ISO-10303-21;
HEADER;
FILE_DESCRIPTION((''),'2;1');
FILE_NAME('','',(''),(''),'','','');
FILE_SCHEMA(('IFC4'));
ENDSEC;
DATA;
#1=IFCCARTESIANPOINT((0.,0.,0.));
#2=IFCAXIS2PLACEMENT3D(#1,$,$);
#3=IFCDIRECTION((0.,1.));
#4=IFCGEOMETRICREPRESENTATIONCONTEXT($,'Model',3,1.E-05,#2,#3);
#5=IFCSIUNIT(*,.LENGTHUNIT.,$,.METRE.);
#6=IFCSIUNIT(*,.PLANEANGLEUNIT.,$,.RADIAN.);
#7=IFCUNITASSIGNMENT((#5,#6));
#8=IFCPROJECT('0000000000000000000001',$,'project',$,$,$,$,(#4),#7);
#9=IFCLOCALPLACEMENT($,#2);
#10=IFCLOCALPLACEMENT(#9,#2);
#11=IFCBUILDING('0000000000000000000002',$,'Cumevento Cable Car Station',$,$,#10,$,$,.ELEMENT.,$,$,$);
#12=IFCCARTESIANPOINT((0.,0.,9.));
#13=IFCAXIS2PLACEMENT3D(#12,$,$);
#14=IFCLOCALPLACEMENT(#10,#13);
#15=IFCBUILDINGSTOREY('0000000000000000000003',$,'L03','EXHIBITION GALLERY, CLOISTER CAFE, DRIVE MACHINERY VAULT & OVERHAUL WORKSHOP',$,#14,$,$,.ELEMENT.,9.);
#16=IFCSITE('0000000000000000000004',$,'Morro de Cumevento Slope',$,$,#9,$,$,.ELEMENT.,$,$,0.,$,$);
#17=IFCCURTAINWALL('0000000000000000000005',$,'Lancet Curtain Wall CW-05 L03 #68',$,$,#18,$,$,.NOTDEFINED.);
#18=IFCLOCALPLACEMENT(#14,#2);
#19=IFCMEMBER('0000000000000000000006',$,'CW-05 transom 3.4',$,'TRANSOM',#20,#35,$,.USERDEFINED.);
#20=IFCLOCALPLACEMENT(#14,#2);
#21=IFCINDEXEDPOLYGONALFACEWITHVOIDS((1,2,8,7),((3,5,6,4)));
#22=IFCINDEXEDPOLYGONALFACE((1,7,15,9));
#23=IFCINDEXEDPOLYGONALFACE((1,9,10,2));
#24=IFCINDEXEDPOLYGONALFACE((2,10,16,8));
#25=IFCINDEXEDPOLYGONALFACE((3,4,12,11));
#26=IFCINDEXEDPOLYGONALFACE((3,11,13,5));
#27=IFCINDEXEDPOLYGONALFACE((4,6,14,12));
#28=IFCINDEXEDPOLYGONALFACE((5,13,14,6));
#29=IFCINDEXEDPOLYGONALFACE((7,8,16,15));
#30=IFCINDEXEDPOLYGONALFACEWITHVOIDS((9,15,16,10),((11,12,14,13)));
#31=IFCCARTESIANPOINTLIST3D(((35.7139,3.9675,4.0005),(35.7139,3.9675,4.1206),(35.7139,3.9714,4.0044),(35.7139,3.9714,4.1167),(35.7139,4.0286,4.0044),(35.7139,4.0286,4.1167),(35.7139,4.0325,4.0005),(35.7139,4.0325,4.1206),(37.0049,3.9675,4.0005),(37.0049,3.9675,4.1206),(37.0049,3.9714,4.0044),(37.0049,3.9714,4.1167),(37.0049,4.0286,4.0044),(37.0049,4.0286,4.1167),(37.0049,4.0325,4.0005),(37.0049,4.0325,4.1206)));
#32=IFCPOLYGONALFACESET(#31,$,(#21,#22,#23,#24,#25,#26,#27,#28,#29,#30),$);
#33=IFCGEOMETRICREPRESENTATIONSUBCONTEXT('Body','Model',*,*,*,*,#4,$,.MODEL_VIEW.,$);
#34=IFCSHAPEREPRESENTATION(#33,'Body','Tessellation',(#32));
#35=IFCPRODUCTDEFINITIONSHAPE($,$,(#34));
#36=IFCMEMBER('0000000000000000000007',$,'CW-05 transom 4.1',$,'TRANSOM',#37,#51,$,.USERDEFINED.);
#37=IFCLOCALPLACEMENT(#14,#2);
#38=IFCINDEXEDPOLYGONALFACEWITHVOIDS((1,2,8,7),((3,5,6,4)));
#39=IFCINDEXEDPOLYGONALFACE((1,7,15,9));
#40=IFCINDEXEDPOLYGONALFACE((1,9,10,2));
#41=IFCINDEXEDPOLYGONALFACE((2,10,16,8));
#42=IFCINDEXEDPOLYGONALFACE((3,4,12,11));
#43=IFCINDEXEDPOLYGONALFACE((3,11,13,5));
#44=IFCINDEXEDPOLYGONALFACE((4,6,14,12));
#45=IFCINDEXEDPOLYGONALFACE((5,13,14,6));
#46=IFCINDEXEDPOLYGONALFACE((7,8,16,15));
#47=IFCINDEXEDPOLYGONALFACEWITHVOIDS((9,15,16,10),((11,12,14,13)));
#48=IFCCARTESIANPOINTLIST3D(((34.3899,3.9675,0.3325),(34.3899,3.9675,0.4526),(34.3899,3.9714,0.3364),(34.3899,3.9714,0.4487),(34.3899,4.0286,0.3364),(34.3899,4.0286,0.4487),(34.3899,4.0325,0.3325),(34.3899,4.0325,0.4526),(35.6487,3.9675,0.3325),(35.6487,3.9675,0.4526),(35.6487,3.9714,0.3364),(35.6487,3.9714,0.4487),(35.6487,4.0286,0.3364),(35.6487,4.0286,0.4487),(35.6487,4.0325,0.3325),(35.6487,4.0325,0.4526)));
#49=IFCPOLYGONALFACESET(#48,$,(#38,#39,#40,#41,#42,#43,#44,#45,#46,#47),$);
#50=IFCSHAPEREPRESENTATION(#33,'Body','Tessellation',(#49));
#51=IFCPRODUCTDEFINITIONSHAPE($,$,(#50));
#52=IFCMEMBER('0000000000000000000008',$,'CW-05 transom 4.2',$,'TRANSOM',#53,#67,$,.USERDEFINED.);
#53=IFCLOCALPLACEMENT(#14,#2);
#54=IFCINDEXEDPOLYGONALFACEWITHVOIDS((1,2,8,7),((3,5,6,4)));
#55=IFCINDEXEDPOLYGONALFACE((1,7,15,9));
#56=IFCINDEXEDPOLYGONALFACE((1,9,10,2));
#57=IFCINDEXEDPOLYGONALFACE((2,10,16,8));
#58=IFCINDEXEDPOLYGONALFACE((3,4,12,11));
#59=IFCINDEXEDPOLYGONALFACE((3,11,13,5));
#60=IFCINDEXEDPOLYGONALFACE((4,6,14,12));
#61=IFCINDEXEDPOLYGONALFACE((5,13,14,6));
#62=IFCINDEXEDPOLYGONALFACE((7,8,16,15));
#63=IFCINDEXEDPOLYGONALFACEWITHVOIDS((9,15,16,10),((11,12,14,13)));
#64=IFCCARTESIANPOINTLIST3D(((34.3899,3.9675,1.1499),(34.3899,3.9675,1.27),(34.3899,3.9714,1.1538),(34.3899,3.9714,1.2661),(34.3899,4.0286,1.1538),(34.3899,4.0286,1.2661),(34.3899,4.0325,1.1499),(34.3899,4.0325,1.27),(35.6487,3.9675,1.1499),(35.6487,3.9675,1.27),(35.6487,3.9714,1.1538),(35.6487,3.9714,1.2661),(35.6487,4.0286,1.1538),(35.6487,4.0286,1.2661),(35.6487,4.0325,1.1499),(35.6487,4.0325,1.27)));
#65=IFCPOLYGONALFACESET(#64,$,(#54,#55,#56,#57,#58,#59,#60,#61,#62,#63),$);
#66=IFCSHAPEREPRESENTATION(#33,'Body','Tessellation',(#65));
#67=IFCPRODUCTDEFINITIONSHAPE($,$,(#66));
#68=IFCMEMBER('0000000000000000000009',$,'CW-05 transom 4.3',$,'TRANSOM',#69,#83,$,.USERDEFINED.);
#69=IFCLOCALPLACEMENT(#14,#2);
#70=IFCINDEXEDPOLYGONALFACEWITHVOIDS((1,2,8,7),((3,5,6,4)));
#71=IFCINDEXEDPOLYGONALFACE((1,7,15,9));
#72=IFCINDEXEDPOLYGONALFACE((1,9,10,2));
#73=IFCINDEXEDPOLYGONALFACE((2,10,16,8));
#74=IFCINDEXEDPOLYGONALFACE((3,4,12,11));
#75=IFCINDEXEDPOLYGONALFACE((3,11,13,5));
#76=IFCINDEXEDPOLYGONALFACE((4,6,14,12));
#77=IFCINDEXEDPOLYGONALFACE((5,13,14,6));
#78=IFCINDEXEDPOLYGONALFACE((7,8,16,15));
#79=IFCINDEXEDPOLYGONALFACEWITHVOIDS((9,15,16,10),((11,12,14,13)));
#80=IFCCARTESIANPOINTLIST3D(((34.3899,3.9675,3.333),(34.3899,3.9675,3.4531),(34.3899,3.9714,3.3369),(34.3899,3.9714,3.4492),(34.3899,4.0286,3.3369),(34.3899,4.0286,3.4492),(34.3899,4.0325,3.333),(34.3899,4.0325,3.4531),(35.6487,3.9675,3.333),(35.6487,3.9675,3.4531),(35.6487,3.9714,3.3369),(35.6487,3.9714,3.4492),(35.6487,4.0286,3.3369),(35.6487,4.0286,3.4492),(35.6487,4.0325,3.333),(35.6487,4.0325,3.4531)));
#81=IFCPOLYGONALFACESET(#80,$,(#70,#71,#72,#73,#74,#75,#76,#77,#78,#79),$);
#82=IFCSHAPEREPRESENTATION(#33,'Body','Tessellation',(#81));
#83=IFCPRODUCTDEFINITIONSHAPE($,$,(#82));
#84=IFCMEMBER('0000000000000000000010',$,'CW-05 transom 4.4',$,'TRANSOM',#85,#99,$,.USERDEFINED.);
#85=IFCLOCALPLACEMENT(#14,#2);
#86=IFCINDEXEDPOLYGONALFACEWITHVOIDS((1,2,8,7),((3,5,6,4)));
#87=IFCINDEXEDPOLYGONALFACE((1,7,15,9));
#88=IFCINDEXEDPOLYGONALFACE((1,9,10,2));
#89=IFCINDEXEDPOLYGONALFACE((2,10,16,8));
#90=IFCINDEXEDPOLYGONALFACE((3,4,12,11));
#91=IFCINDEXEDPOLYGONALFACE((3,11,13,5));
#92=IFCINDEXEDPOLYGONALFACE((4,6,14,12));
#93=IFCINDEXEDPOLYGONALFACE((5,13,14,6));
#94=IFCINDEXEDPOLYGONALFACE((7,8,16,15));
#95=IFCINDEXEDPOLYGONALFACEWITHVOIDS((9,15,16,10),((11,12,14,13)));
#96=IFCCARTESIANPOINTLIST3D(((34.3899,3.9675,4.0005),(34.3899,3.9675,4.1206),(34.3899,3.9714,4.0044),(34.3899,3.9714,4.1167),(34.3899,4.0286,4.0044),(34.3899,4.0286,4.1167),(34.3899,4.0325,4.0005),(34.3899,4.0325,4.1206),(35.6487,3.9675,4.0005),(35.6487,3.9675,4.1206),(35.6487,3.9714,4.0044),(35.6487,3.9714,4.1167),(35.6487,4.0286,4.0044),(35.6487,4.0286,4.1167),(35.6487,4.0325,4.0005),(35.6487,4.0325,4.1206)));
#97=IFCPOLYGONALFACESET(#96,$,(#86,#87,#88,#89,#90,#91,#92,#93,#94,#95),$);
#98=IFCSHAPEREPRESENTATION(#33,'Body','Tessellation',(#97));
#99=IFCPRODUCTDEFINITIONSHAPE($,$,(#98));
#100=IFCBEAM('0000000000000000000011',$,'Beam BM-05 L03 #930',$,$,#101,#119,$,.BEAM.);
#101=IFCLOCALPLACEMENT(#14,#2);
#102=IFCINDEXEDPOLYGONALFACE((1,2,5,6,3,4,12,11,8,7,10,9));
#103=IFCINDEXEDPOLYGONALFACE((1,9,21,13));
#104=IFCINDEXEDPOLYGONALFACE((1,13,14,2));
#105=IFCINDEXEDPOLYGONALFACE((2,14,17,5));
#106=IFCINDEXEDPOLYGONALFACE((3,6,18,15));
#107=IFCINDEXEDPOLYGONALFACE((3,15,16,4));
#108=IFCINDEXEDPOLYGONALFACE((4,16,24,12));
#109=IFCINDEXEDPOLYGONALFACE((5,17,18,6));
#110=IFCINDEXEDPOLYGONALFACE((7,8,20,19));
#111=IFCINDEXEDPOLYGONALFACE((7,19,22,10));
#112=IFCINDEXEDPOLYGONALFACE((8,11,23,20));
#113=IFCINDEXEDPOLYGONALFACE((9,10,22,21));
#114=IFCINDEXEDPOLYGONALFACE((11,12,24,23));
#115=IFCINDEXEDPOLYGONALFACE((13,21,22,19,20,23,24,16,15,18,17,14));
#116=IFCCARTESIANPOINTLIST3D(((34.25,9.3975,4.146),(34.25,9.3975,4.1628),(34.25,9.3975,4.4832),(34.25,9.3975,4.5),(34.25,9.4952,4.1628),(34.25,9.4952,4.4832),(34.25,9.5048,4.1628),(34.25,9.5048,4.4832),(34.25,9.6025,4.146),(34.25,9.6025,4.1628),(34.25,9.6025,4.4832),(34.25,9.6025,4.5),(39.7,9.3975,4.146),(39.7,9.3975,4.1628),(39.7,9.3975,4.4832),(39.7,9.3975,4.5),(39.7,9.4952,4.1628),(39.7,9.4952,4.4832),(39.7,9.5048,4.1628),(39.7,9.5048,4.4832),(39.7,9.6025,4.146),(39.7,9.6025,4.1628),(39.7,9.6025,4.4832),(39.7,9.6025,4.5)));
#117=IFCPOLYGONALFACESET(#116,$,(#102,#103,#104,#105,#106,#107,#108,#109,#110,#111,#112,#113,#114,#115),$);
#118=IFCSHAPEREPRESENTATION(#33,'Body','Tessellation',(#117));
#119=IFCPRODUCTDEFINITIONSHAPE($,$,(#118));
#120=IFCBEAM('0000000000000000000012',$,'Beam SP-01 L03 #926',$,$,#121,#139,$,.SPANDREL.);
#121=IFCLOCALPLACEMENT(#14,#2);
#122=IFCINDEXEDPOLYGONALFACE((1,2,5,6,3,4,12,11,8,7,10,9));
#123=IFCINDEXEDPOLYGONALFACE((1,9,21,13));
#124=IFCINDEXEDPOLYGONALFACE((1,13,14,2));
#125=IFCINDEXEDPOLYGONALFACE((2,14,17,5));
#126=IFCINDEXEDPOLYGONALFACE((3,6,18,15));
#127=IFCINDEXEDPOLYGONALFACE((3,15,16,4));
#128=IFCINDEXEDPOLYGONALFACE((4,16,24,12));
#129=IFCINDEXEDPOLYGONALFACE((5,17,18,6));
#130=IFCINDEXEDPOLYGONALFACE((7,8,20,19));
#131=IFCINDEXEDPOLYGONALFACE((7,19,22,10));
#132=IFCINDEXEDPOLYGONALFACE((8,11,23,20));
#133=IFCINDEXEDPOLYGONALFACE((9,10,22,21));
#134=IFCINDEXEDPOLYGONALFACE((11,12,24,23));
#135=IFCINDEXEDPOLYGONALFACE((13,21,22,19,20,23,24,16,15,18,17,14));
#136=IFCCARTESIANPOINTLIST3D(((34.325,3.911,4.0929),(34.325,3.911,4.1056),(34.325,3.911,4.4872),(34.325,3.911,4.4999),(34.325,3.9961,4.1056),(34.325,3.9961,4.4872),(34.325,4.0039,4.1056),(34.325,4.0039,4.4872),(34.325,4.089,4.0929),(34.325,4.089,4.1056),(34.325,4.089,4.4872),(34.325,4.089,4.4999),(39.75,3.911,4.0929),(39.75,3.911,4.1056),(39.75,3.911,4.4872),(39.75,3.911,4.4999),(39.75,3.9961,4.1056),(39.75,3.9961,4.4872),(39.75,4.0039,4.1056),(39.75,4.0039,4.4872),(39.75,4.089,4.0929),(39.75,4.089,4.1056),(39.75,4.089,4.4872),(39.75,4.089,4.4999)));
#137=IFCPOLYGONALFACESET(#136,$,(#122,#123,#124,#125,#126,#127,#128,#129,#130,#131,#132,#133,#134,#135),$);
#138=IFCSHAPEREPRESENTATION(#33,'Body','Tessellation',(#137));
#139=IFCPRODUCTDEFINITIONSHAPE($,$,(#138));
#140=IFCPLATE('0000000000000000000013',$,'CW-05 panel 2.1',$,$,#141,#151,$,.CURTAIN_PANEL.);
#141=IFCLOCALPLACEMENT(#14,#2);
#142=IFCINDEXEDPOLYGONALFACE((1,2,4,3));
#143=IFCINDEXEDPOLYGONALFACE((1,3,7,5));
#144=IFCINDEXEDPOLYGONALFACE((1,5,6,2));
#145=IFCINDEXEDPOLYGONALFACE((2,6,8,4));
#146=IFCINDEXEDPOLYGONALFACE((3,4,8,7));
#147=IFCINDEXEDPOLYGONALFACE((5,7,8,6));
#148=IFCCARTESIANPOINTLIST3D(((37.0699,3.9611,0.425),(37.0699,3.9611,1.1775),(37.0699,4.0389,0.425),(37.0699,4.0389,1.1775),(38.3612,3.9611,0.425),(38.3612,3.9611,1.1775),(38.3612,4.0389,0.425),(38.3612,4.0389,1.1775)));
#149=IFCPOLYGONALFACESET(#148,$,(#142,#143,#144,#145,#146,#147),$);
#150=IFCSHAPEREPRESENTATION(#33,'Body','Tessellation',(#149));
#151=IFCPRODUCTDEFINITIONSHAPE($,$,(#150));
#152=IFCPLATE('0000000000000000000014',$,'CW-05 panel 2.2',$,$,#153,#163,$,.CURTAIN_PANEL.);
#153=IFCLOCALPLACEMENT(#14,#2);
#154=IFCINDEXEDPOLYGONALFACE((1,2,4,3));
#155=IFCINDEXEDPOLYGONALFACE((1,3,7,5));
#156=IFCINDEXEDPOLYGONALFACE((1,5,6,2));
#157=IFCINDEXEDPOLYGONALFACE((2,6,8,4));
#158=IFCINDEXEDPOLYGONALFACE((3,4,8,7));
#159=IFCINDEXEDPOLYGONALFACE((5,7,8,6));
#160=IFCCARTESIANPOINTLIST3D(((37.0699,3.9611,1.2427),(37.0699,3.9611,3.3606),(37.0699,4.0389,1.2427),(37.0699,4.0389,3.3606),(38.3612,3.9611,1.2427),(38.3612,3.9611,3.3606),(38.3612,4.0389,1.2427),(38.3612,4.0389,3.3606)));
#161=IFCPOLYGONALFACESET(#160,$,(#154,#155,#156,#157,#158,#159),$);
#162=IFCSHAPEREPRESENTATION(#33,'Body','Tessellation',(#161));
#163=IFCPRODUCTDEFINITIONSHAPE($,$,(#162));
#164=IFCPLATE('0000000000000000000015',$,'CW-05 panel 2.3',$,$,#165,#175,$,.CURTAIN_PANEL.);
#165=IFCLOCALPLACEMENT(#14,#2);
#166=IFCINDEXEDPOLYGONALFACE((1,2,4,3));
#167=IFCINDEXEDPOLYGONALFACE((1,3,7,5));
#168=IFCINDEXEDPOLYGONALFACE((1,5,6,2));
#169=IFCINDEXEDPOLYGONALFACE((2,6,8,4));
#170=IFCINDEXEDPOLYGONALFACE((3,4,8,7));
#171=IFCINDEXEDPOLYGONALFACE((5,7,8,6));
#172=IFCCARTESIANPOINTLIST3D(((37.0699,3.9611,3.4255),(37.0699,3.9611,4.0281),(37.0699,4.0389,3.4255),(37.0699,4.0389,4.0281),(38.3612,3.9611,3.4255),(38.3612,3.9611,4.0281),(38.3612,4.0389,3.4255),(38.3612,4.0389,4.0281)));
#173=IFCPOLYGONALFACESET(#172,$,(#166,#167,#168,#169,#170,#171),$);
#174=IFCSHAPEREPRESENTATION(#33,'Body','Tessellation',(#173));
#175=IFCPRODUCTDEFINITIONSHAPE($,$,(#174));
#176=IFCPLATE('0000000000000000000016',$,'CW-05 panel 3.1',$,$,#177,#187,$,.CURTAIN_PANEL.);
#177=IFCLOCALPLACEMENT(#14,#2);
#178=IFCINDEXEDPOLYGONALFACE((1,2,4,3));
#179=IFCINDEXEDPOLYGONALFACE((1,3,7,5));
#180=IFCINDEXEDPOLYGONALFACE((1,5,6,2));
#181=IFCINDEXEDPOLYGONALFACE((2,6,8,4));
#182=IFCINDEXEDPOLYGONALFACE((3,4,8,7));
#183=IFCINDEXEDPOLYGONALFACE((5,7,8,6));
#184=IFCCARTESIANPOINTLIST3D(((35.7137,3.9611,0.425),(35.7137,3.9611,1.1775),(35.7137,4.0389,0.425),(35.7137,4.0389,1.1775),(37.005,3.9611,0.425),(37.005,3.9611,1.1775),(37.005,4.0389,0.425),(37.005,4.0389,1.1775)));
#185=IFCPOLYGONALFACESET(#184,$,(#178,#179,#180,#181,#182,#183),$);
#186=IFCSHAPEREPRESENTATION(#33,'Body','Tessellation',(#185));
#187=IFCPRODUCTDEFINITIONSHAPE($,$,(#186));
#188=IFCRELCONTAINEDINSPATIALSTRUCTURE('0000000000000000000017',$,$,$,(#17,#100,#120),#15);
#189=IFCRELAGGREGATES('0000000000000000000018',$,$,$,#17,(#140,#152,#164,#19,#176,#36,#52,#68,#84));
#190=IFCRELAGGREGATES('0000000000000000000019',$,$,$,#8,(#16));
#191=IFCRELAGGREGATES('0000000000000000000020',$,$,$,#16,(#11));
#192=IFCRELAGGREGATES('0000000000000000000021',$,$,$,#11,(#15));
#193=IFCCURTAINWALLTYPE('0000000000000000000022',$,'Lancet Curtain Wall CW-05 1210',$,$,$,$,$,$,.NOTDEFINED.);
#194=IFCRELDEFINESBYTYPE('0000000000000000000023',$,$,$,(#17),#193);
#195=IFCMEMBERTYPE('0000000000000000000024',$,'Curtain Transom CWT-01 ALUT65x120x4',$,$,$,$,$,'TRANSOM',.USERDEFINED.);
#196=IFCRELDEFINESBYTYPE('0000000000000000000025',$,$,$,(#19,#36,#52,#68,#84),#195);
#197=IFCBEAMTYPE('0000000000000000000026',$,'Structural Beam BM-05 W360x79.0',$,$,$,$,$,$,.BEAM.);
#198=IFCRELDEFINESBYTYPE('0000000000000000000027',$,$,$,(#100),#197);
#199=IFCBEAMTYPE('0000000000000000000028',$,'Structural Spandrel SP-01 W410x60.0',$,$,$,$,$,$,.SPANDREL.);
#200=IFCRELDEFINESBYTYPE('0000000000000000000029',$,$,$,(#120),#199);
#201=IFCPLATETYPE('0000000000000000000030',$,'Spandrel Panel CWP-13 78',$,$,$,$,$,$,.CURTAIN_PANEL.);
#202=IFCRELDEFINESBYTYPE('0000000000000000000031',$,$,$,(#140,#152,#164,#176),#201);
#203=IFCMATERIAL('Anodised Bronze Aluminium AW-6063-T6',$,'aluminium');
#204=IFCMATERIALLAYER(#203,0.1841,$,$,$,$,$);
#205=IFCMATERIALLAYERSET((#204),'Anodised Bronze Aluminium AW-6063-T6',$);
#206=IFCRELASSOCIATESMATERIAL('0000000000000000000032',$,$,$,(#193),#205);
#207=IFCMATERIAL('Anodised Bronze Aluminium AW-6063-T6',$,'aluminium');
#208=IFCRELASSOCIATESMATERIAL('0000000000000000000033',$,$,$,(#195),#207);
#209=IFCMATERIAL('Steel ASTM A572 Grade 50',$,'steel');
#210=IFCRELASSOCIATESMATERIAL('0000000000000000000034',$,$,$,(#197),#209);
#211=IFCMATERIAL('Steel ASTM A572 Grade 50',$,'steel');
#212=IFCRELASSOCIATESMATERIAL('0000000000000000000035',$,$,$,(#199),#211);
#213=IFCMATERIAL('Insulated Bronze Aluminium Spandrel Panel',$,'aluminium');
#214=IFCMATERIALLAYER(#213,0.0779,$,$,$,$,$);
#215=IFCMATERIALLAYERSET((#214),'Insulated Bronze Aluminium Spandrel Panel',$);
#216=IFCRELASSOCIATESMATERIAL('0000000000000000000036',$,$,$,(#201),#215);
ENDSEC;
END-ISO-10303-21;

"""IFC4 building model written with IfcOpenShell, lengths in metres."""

from ifc_helpers import new_model, si_unit, direction, frame, origin, origin_2d, place, context, subcontext, project, spatial, rectangle, hollow_rectangle, i_section, extrude, material, layer, layer_set, material_profile, profile_set, type_object, element, aggregate, save


model = new_model("IFC4")

# Units and contexts
model_context = context("Model", 3, precision=1e-05, world=origin(), true_north=direction((0.0, 1.0)))
body_context = subcontext(model_context, "Body", "Model", "MODEL_VIEW")
ifc_project = project(units=[si_unit("LENGTHUNIT", "METRE"), si_unit("PLANEANGLEUNIT", "RADIAN")], contexts=[model_context])

# Site, building, storey
site_placement = place(None, origin())
site = spatial("IfcSite", under=ifc_project, at=site_placement, Name="Morro de Cumevento Slope", CompositionType="ELEMENT", RefElevation=0.0)
building_placement = place(site_placement, origin())
building = spatial("IfcBuilding", under=site, at=building_placement, Name="Cumevento Cable Car Station", CompositionType="ELEMENT")
storey_placement = place(building_placement, frame((0.0, 0.0, 9.0)))
storey = spatial("IfcBuildingStorey", under=building, at=storey_placement, Name="L03", Description="EXHIBITION GALLERY, CLOISTER CAFE, DRIVE MACHINERY VAULT & OVERHAUL WORKSHOP", CompositionType="ELEMENT", Elevation=9.0)

# Curtain wall, members
ifc_material_1 = material(Name="Anodised Bronze Aluminium AW-6063-T6", Category="aluminium")
ifc_layer_1 = layer(ifc_material_1, 0.1841)
ifc_layer_set_1 = layer_set([ifc_layer_1], Name="Anodised Bronze Aluminium AW-6063-T6")
curtain_wall_type = type_object("IfcCurtainWallType", Name="Lancet Curtain Wall CW-05 1210", PredefinedType="NOTDEFINED", material=ifc_layer_set_1)
curtain_wall_placement = place(storey_placement, origin())
curtain_wall = element("IfcCurtainWall", 1, at=curtain_wall_placement, inside=storey, type_object=curtain_wall_type, Name="Lancet Curtain Wall CW-05 L03 #68", PredefinedType="NOTDEFINED")
ifc_material_2 = material(Name="Anodised Bronze Aluminium AW-6063-T6", Category="aluminium")
ifc_material_profile_1 = material_profile(ifc_material_2, hollow_rectangle(XDim=0.0649, YDim=0.1201, WallThickness=0.0039, at=origin_2d()), Name="ALUT65x120x4")
ifc_profile_set_1 = profile_set([ifc_material_profile_1], Name="Anodised Bronze Aluminium AW-6063-T6")
member_type_1 = type_object("IfcMemberType", Name="Curtain Transom CWT-01 ALUT65x120x4", ElementType="TRANSOM", PredefinedType="USERDEFINED", material=ifc_profile_set_1)
member_1_placement = place(storey_placement, frame((37.0049, 4.0, 4.0605), z_axis=(-1.0, 0.0, 0.0), x_axis=(0.0, -1.0, 0.0)))
member_1 = element("IfcMember", 2, at=member_1_placement, type_object=member_type_1, Name="CW-05 transom 3.4", ObjectType="TRANSOM", PredefinedType="USERDEFINED", context=body_context, shape_type="SweptSolid", body=[
    extrude(hollow_rectangle(XDim=0.0649, YDim=0.1201, WallThickness=0.0039, at=origin_2d()), origin(), (0.0, 0.0, 1.0), 1.291),
])
member_2_placement = place(storey_placement, frame((35.6487, 4.0, 0.3926), z_axis=(-1.0, 0.0, 0.0), x_axis=(0.0, -1.0, 0.0)))
member_2 = element("IfcMember", 3, at=member_2_placement, type_object=member_type_1, Name="CW-05 transom 4.1", ObjectType="TRANSOM", PredefinedType="USERDEFINED", context=body_context, shape_type="SweptSolid", body=[
    extrude(hollow_rectangle(XDim=0.0649, YDim=0.1201, WallThickness=0.0039, at=origin_2d()), origin(), (0.0, 0.0, 1.0), 1.2588),
])
member_3_placement = place(storey_placement, frame((35.6487, 4.0, 1.21), z_axis=(-1.0, 0.0, 0.0), x_axis=(0.0, -1.0, 0.0)))
member_3 = element("IfcMember", 4, at=member_3_placement, type_object=member_type_1, Name="CW-05 transom 4.2", ObjectType="TRANSOM", PredefinedType="USERDEFINED", context=body_context, shape_type="SweptSolid", body=[
    extrude(hollow_rectangle(XDim=0.0649, YDim=0.1201, WallThickness=0.0039, at=origin_2d()), origin(), (0.0, 0.0, 1.0), 1.2588),
])
member_4_placement = place(storey_placement, frame((35.6487, 4.0, 3.3931), z_axis=(-1.0, 0.0, 0.0), x_axis=(0.0, -1.0, 0.0)))
member_4 = element("IfcMember", 5, at=member_4_placement, type_object=member_type_1, Name="CW-05 transom 4.3", ObjectType="TRANSOM", PredefinedType="USERDEFINED", context=body_context, shape_type="SweptSolid", body=[
    extrude(hollow_rectangle(XDim=0.0649, YDim=0.1201, WallThickness=0.0039, at=origin_2d()), origin(), (0.0, 0.0, 1.0), 1.2588),
])
member_5_placement = place(storey_placement, frame((35.6487, 4.0, 4.0605), z_axis=(-1.0, 0.0, 0.0), x_axis=(0.0, -1.0, 0.0)))
member_5 = element("IfcMember", 6, at=member_5_placement, type_object=member_type_1, Name="CW-05 transom 4.4", ObjectType="TRANSOM", PredefinedType="USERDEFINED", context=body_context, shape_type="SweptSolid", body=[
    extrude(hollow_rectangle(XDim=0.0649, YDim=0.1201, WallThickness=0.0039, at=origin_2d()), origin(), (0.0, 0.0, 1.0), 1.2588),
])

# Beams
ifc_material_3 = material(Name="Steel ASTM A572 Grade 50", Category="steel")
ifc_material_profile_2 = material_profile(ifc_material_3, i_section(OverallWidth=0.2051, OverallDepth=0.354, WebThickness=0.0095, FlangeThickness=0.0168, at=origin_2d()), Name="W360x79.0")
ifc_profile_set_2 = profile_set([ifc_material_profile_2], Name="Steel ASTM A572 Grade 50")
beam_type_1 = type_object("IfcBeamType", Name="Structural Beam BM-05 W360x79.0", PredefinedType="BEAM", material=ifc_profile_set_2)
beam_1_placement = place(storey_placement, frame((34.25, 9.5, 4.323), z_axis=(1.0, 0.0, 0.0), x_axis=(0.0, 1.0, 0.0)))
element("IfcBeam", 7, at=beam_1_placement, inside=storey, type_object=beam_type_1, Name="Beam BM-05 L03 #930", PredefinedType="BEAM", context=body_context, shape_type="SweptSolid", body=[
    extrude(i_section(OverallWidth=0.2051, OverallDepth=0.354, WebThickness=0.0095, FlangeThickness=0.0168, at=origin_2d()), origin(), (0.0, 0.0, 1.0), 5.45),
])
ifc_material_4 = material(Name="Steel ASTM A572 Grade 50", Category="steel")
ifc_material_profile_3 = material_profile(ifc_material_4, i_section(OverallWidth=0.178, OverallDepth=0.407, WebThickness=0.0078, FlangeThickness=0.0127, at=origin_2d()), Name="W410x60.0")
ifc_profile_set_3 = profile_set([ifc_material_profile_3], Name="Steel ASTM A572 Grade 50")
beam_type_2 = type_object("IfcBeamType", Name="Structural Spandrel SP-01 W410x60.0", PredefinedType="SPANDREL", material=ifc_profile_set_3)
beam_2_placement = place(storey_placement, frame((34.325, 4.0, 4.2964), z_axis=(1.0, 0.0, 0.0), x_axis=(0.0, 1.0, 0.0)))
element("IfcBeam", 8, at=beam_2_placement, inside=storey, type_object=beam_type_2, Name="Beam SP-01 L03 #926", PredefinedType="SPANDREL", context=body_context, shape_type="SweptSolid", body=[
    extrude(i_section(OverallWidth=0.178, OverallDepth=0.407, WebThickness=0.0078, FlangeThickness=0.0127, at=origin_2d()), origin(), (0.0, 0.0, 1.0), 5.425),
])

# Plates
ifc_material_5 = material(Name="Insulated Bronze Aluminium Spandrel Panel", Category="aluminium")
ifc_layer_2 = layer(ifc_material_5, 0.0779)
ifc_layer_set_2 = layer_set([ifc_layer_2], Name="Insulated Bronze Aluminium Spandrel Panel")
plate_type = type_object("IfcPlateType", Name="Spandrel Panel CWP-13 78", PredefinedType="CURTAIN_PANEL", material=ifc_layer_set_2)
plate_1_placement = place(storey_placement, frame((37.7156, 4.0, 0.425), z_axis=(0.0, 0.0, 1.0), x_axis=(-1.0, 0.0, 0.0)))
plate_1 = element("IfcPlate", 9, at=plate_1_placement, type_object=plate_type, Name="CW-05 panel 2.1", PredefinedType="CURTAIN_PANEL", context=body_context, shape_type="SweptSolid", body=[
    extrude(rectangle(XDim=1.2913, YDim=0.0779, at=origin_2d()), origin(), (0.0, 0.0, 1.0), 0.7524),
])
plate_2_placement = place(storey_placement, frame((37.7156, 4.0, 1.2427), z_axis=(0.0, 0.0, 1.0), x_axis=(-1.0, 0.0, 0.0)))
plate_2 = element("IfcPlate", 10, at=plate_2_placement, type_object=plate_type, Name="CW-05 panel 2.2", PredefinedType="CURTAIN_PANEL", context=body_context, shape_type="SweptSolid", body=[
    extrude(rectangle(XDim=1.2913, YDim=0.0779, at=origin_2d()), origin(), (0.0, 0.0, 1.0), 2.1179),
])
plate_3_placement = place(storey_placement, frame((37.7156, 4.0, 3.4255), z_axis=(0.0, 0.0, 1.0), x_axis=(-1.0, 0.0, 0.0)))
plate_3 = element("IfcPlate", 11, at=plate_3_placement, type_object=plate_type, Name="CW-05 panel 2.3", PredefinedType="CURTAIN_PANEL", context=body_context, shape_type="SweptSolid", body=[
    extrude(rectangle(XDim=1.2913, YDim=0.0779, at=origin_2d()), origin(), (0.0, 0.0, 1.0), 0.6025),
])
plate_4_placement = place(storey_placement, frame((36.3594, 4.0, 0.425), z_axis=(0.0, 0.0, 1.0), x_axis=(-1.0, 0.0, 0.0)))
plate_4 = element("IfcPlate", 12, at=plate_4_placement, type_object=plate_type, Name="CW-05 panel 3.1", PredefinedType="CURTAIN_PANEL", context=body_context, shape_type="SweptSolid", body=[
    extrude(rectangle(XDim=1.2913, YDim=0.0779, at=origin_2d()), origin(), (0.0, 0.0, 1.0), 0.7524),
])
aggregate(curtain_wall, [plate_1, plate_2, plate_3, member_1, plate_4, member_2, member_3, member_4, member_5])

save(model, "model.ifc")
